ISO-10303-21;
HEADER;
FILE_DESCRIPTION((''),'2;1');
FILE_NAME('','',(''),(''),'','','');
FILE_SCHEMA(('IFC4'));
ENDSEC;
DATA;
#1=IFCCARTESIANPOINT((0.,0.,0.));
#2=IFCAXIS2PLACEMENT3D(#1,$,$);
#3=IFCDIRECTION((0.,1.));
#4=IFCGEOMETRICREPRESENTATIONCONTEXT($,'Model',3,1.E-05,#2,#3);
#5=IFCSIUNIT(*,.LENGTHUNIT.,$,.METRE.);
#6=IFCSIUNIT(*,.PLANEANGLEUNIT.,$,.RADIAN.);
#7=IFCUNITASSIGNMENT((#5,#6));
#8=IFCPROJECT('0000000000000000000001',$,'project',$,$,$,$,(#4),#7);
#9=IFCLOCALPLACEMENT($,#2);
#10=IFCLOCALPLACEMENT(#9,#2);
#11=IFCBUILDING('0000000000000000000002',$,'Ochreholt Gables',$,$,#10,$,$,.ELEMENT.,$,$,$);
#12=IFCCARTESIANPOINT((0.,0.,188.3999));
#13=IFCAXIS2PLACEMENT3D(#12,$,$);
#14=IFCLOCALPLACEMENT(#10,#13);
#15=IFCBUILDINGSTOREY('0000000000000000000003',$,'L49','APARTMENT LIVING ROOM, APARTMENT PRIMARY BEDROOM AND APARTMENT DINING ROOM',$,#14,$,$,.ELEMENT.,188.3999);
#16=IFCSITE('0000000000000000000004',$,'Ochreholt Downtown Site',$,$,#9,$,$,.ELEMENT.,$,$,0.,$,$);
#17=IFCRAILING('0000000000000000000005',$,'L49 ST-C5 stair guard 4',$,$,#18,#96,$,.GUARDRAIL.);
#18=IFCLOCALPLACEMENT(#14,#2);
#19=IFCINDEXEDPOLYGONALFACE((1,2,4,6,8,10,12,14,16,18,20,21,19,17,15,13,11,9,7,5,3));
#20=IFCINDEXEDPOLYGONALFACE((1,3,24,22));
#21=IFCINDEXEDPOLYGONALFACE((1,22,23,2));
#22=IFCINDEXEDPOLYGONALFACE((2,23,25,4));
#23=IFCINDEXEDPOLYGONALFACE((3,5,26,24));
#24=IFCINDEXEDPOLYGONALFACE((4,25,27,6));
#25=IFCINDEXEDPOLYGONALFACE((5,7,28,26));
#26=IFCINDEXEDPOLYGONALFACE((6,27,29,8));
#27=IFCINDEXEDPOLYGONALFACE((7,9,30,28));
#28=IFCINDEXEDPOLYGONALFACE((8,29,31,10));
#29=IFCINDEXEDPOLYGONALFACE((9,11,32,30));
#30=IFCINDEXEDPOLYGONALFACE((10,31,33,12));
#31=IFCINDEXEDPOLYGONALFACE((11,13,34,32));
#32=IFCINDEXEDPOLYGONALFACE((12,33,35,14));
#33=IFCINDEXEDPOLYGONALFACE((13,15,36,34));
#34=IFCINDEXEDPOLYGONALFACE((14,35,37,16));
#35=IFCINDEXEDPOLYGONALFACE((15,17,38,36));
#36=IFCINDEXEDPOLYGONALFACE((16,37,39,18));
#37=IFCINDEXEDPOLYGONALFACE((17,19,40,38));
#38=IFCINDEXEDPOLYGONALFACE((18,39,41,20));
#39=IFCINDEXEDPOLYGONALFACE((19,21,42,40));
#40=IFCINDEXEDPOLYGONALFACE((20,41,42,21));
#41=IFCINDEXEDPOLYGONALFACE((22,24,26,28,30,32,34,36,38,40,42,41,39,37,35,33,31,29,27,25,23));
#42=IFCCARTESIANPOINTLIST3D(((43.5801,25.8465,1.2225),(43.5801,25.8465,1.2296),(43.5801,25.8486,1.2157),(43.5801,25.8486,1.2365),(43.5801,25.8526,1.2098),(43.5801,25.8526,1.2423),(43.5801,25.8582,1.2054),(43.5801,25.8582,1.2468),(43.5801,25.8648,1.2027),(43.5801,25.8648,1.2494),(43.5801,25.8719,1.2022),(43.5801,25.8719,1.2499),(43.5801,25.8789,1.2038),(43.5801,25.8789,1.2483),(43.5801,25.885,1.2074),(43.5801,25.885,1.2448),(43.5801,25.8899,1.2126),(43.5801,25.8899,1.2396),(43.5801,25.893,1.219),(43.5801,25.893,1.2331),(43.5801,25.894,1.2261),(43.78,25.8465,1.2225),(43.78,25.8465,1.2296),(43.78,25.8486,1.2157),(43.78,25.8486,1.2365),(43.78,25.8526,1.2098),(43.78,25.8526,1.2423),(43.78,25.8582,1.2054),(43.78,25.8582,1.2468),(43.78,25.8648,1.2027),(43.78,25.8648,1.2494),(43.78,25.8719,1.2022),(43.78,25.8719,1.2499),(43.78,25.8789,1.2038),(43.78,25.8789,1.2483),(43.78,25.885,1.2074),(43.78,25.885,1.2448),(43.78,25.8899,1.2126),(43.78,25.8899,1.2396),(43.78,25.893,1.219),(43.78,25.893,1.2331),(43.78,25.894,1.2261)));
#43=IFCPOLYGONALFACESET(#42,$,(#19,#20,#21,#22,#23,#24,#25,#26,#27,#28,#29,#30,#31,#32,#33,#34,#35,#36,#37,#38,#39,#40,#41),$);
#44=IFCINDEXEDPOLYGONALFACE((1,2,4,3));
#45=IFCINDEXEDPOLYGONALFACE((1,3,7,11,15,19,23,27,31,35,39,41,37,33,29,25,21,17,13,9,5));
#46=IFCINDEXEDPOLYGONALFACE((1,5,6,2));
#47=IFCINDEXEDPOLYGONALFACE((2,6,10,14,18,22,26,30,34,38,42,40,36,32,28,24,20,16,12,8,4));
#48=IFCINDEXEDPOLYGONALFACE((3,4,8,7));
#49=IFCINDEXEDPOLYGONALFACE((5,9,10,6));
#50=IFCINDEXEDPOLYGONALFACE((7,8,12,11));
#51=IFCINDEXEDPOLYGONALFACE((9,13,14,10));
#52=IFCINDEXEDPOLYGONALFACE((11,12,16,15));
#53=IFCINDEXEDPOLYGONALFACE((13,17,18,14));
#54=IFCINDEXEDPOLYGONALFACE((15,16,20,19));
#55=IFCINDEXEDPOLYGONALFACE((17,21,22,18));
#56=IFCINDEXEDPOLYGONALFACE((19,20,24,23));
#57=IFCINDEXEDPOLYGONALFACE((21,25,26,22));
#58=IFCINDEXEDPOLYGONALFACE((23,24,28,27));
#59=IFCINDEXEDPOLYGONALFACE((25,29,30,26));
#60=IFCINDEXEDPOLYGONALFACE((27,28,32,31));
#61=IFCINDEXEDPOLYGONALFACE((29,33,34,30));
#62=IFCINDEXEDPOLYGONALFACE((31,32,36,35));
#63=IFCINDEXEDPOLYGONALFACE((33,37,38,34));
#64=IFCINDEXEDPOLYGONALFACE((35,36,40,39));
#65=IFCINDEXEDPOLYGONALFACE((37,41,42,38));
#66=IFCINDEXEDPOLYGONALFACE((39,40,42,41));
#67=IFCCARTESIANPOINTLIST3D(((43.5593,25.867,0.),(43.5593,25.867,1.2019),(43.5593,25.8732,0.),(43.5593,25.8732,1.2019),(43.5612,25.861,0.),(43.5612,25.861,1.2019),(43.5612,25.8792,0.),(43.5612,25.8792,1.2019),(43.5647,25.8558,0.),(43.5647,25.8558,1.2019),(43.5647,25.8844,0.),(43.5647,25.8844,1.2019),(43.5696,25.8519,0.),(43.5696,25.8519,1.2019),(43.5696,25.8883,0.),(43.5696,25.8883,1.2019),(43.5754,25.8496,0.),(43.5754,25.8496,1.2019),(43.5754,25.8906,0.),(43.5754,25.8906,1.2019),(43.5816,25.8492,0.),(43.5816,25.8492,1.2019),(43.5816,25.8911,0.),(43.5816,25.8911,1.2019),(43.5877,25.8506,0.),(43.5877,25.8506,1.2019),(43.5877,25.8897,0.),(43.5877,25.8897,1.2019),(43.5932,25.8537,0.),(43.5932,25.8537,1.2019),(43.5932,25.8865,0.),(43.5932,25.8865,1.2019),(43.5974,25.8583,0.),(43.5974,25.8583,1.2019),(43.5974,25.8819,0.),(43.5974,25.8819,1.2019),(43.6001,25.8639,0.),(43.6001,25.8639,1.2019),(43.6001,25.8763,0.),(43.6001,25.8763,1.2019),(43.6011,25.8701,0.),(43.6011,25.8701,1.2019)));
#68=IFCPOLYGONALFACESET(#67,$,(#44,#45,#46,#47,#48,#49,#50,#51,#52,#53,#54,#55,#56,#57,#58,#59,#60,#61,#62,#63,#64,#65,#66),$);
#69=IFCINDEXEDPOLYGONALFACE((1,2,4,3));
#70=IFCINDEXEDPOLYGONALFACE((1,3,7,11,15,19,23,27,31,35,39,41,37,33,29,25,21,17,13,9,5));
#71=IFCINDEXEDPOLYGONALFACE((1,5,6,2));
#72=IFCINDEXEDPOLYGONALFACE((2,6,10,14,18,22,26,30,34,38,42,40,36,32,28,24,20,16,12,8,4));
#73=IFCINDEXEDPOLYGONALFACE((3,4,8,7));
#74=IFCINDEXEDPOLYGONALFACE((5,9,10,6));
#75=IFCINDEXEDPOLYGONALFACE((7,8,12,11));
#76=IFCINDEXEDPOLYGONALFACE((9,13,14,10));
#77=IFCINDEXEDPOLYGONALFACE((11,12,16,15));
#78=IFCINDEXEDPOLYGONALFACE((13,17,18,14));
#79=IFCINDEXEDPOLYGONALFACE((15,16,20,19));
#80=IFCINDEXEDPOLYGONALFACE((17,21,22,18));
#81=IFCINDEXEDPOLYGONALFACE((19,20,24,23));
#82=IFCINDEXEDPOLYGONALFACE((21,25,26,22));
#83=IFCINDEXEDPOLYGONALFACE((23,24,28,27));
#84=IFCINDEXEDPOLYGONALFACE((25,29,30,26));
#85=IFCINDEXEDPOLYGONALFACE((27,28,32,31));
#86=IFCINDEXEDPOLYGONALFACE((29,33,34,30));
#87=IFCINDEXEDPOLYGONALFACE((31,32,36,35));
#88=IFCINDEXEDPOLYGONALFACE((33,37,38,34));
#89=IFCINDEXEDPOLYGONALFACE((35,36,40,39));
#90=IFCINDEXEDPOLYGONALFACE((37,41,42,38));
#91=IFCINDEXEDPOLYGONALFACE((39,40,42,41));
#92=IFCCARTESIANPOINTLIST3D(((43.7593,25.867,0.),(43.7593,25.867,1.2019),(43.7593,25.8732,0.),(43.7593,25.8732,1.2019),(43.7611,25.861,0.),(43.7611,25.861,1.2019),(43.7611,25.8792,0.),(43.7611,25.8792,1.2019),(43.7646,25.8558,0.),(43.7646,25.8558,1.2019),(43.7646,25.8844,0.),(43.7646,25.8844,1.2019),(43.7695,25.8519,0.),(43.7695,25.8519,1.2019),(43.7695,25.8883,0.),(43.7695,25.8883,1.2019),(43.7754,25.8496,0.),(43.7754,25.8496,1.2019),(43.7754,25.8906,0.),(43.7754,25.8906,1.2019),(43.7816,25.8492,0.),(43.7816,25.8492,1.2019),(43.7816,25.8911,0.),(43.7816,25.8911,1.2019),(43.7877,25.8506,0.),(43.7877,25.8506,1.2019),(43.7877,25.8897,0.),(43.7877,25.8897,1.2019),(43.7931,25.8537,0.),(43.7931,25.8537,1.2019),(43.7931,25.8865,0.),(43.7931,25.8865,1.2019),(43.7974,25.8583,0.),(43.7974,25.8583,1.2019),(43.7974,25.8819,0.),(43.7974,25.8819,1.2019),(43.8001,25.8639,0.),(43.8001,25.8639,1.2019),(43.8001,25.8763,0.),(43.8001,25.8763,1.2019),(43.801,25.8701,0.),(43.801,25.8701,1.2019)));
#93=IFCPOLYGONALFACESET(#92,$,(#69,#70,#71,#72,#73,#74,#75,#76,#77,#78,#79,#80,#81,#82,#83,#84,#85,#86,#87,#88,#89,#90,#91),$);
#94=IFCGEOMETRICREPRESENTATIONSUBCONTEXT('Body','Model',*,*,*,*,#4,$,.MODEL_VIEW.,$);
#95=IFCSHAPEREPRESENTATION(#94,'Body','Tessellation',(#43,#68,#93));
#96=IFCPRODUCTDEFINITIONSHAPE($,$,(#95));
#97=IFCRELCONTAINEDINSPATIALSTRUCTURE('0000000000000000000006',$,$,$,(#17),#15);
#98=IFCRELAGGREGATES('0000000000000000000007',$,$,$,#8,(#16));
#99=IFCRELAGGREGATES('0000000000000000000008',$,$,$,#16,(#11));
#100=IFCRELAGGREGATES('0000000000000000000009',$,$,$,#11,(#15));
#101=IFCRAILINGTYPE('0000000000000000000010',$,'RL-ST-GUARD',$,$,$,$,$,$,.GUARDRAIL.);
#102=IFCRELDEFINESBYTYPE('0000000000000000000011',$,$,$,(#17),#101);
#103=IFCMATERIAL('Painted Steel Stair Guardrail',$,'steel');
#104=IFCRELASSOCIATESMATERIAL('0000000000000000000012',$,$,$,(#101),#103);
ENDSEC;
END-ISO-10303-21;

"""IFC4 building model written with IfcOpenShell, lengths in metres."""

from ifc_helpers import new_model, si_unit, direction, frame, origin, origin_2d, place, context, subcontext, project, spatial, circle, extrude, material, type_object, element, save


model = new_model("IFC4")

# Units and contexts
model_context = context("Model", 3, precision=1e-05, world=origin(), true_north=direction((0.0, 1.0)))
body_context = subcontext(model_context, "Body", "Model", "MODEL_VIEW")
ifc_project = project(units=[si_unit("LENGTHUNIT", "METRE"), si_unit("PLANEANGLEUNIT", "RADIAN")], contexts=[model_context])

# Site, building, storey
site_placement = place(None, origin())
site = spatial("IfcSite", under=ifc_project, at=site_placement, Name="Ochreholt Downtown Site", CompositionType="ELEMENT", RefElevation=0.0)
building_placement = place(site_placement, origin())
building = spatial("IfcBuilding", under=site, at=building_placement, Name="Ochreholt Gables", CompositionType="ELEMENT")
storey_placement = place(building_placement, frame((0.0, 0.0, 188.3999)))
storey = spatial("IfcBuildingStorey", under=building, at=storey_placement, Name="L49", Description="APARTMENT LIVING ROOM, APARTMENT PRIMARY BEDROOM AND APARTMENT DINING ROOM", CompositionType="ELEMENT", Elevation=188.3999)

# Railing
ifc_material_1 = material(Name="Painted Steel Stair Guardrail", Category="steel")
railing_type_1 = type_object("IfcRailingType", Name="RL-ST-GUARD", PredefinedType="GUARDRAIL", material=ifc_material_1)
railing_1_placement = place(storey_placement, frame((43.5801, 25.8701, 0.0)))
element("IfcRailing", 1, at=railing_1_placement, inside=storey, type_object=railing_type_1, Name="L49 ST-C5 stair guard 4", PredefinedType="GUARDRAIL", context=body_context, shape_type="SweptSolid", body=[
    extrude(circle(Radius=0.0239, at=origin_2d()), frame((0.0, 0.0, 1.2261), z_axis=(1.0, 0.0, 0.0), x_axis=(0.0, 1.0, 0.0)), (0.0, 0.0, 1.0), 0.2),
    extrude(circle(Radius=0.021, at=origin_2d()), origin(), (0.0, 0.0, 1.0), 1.2019),
    extrude(circle(Radius=0.021, at=origin_2d()), frame((0.2, 0.0, 0.0)), (0.0, 0.0, 1.0), 1.2019),
])

save(model, "model.ifc")
